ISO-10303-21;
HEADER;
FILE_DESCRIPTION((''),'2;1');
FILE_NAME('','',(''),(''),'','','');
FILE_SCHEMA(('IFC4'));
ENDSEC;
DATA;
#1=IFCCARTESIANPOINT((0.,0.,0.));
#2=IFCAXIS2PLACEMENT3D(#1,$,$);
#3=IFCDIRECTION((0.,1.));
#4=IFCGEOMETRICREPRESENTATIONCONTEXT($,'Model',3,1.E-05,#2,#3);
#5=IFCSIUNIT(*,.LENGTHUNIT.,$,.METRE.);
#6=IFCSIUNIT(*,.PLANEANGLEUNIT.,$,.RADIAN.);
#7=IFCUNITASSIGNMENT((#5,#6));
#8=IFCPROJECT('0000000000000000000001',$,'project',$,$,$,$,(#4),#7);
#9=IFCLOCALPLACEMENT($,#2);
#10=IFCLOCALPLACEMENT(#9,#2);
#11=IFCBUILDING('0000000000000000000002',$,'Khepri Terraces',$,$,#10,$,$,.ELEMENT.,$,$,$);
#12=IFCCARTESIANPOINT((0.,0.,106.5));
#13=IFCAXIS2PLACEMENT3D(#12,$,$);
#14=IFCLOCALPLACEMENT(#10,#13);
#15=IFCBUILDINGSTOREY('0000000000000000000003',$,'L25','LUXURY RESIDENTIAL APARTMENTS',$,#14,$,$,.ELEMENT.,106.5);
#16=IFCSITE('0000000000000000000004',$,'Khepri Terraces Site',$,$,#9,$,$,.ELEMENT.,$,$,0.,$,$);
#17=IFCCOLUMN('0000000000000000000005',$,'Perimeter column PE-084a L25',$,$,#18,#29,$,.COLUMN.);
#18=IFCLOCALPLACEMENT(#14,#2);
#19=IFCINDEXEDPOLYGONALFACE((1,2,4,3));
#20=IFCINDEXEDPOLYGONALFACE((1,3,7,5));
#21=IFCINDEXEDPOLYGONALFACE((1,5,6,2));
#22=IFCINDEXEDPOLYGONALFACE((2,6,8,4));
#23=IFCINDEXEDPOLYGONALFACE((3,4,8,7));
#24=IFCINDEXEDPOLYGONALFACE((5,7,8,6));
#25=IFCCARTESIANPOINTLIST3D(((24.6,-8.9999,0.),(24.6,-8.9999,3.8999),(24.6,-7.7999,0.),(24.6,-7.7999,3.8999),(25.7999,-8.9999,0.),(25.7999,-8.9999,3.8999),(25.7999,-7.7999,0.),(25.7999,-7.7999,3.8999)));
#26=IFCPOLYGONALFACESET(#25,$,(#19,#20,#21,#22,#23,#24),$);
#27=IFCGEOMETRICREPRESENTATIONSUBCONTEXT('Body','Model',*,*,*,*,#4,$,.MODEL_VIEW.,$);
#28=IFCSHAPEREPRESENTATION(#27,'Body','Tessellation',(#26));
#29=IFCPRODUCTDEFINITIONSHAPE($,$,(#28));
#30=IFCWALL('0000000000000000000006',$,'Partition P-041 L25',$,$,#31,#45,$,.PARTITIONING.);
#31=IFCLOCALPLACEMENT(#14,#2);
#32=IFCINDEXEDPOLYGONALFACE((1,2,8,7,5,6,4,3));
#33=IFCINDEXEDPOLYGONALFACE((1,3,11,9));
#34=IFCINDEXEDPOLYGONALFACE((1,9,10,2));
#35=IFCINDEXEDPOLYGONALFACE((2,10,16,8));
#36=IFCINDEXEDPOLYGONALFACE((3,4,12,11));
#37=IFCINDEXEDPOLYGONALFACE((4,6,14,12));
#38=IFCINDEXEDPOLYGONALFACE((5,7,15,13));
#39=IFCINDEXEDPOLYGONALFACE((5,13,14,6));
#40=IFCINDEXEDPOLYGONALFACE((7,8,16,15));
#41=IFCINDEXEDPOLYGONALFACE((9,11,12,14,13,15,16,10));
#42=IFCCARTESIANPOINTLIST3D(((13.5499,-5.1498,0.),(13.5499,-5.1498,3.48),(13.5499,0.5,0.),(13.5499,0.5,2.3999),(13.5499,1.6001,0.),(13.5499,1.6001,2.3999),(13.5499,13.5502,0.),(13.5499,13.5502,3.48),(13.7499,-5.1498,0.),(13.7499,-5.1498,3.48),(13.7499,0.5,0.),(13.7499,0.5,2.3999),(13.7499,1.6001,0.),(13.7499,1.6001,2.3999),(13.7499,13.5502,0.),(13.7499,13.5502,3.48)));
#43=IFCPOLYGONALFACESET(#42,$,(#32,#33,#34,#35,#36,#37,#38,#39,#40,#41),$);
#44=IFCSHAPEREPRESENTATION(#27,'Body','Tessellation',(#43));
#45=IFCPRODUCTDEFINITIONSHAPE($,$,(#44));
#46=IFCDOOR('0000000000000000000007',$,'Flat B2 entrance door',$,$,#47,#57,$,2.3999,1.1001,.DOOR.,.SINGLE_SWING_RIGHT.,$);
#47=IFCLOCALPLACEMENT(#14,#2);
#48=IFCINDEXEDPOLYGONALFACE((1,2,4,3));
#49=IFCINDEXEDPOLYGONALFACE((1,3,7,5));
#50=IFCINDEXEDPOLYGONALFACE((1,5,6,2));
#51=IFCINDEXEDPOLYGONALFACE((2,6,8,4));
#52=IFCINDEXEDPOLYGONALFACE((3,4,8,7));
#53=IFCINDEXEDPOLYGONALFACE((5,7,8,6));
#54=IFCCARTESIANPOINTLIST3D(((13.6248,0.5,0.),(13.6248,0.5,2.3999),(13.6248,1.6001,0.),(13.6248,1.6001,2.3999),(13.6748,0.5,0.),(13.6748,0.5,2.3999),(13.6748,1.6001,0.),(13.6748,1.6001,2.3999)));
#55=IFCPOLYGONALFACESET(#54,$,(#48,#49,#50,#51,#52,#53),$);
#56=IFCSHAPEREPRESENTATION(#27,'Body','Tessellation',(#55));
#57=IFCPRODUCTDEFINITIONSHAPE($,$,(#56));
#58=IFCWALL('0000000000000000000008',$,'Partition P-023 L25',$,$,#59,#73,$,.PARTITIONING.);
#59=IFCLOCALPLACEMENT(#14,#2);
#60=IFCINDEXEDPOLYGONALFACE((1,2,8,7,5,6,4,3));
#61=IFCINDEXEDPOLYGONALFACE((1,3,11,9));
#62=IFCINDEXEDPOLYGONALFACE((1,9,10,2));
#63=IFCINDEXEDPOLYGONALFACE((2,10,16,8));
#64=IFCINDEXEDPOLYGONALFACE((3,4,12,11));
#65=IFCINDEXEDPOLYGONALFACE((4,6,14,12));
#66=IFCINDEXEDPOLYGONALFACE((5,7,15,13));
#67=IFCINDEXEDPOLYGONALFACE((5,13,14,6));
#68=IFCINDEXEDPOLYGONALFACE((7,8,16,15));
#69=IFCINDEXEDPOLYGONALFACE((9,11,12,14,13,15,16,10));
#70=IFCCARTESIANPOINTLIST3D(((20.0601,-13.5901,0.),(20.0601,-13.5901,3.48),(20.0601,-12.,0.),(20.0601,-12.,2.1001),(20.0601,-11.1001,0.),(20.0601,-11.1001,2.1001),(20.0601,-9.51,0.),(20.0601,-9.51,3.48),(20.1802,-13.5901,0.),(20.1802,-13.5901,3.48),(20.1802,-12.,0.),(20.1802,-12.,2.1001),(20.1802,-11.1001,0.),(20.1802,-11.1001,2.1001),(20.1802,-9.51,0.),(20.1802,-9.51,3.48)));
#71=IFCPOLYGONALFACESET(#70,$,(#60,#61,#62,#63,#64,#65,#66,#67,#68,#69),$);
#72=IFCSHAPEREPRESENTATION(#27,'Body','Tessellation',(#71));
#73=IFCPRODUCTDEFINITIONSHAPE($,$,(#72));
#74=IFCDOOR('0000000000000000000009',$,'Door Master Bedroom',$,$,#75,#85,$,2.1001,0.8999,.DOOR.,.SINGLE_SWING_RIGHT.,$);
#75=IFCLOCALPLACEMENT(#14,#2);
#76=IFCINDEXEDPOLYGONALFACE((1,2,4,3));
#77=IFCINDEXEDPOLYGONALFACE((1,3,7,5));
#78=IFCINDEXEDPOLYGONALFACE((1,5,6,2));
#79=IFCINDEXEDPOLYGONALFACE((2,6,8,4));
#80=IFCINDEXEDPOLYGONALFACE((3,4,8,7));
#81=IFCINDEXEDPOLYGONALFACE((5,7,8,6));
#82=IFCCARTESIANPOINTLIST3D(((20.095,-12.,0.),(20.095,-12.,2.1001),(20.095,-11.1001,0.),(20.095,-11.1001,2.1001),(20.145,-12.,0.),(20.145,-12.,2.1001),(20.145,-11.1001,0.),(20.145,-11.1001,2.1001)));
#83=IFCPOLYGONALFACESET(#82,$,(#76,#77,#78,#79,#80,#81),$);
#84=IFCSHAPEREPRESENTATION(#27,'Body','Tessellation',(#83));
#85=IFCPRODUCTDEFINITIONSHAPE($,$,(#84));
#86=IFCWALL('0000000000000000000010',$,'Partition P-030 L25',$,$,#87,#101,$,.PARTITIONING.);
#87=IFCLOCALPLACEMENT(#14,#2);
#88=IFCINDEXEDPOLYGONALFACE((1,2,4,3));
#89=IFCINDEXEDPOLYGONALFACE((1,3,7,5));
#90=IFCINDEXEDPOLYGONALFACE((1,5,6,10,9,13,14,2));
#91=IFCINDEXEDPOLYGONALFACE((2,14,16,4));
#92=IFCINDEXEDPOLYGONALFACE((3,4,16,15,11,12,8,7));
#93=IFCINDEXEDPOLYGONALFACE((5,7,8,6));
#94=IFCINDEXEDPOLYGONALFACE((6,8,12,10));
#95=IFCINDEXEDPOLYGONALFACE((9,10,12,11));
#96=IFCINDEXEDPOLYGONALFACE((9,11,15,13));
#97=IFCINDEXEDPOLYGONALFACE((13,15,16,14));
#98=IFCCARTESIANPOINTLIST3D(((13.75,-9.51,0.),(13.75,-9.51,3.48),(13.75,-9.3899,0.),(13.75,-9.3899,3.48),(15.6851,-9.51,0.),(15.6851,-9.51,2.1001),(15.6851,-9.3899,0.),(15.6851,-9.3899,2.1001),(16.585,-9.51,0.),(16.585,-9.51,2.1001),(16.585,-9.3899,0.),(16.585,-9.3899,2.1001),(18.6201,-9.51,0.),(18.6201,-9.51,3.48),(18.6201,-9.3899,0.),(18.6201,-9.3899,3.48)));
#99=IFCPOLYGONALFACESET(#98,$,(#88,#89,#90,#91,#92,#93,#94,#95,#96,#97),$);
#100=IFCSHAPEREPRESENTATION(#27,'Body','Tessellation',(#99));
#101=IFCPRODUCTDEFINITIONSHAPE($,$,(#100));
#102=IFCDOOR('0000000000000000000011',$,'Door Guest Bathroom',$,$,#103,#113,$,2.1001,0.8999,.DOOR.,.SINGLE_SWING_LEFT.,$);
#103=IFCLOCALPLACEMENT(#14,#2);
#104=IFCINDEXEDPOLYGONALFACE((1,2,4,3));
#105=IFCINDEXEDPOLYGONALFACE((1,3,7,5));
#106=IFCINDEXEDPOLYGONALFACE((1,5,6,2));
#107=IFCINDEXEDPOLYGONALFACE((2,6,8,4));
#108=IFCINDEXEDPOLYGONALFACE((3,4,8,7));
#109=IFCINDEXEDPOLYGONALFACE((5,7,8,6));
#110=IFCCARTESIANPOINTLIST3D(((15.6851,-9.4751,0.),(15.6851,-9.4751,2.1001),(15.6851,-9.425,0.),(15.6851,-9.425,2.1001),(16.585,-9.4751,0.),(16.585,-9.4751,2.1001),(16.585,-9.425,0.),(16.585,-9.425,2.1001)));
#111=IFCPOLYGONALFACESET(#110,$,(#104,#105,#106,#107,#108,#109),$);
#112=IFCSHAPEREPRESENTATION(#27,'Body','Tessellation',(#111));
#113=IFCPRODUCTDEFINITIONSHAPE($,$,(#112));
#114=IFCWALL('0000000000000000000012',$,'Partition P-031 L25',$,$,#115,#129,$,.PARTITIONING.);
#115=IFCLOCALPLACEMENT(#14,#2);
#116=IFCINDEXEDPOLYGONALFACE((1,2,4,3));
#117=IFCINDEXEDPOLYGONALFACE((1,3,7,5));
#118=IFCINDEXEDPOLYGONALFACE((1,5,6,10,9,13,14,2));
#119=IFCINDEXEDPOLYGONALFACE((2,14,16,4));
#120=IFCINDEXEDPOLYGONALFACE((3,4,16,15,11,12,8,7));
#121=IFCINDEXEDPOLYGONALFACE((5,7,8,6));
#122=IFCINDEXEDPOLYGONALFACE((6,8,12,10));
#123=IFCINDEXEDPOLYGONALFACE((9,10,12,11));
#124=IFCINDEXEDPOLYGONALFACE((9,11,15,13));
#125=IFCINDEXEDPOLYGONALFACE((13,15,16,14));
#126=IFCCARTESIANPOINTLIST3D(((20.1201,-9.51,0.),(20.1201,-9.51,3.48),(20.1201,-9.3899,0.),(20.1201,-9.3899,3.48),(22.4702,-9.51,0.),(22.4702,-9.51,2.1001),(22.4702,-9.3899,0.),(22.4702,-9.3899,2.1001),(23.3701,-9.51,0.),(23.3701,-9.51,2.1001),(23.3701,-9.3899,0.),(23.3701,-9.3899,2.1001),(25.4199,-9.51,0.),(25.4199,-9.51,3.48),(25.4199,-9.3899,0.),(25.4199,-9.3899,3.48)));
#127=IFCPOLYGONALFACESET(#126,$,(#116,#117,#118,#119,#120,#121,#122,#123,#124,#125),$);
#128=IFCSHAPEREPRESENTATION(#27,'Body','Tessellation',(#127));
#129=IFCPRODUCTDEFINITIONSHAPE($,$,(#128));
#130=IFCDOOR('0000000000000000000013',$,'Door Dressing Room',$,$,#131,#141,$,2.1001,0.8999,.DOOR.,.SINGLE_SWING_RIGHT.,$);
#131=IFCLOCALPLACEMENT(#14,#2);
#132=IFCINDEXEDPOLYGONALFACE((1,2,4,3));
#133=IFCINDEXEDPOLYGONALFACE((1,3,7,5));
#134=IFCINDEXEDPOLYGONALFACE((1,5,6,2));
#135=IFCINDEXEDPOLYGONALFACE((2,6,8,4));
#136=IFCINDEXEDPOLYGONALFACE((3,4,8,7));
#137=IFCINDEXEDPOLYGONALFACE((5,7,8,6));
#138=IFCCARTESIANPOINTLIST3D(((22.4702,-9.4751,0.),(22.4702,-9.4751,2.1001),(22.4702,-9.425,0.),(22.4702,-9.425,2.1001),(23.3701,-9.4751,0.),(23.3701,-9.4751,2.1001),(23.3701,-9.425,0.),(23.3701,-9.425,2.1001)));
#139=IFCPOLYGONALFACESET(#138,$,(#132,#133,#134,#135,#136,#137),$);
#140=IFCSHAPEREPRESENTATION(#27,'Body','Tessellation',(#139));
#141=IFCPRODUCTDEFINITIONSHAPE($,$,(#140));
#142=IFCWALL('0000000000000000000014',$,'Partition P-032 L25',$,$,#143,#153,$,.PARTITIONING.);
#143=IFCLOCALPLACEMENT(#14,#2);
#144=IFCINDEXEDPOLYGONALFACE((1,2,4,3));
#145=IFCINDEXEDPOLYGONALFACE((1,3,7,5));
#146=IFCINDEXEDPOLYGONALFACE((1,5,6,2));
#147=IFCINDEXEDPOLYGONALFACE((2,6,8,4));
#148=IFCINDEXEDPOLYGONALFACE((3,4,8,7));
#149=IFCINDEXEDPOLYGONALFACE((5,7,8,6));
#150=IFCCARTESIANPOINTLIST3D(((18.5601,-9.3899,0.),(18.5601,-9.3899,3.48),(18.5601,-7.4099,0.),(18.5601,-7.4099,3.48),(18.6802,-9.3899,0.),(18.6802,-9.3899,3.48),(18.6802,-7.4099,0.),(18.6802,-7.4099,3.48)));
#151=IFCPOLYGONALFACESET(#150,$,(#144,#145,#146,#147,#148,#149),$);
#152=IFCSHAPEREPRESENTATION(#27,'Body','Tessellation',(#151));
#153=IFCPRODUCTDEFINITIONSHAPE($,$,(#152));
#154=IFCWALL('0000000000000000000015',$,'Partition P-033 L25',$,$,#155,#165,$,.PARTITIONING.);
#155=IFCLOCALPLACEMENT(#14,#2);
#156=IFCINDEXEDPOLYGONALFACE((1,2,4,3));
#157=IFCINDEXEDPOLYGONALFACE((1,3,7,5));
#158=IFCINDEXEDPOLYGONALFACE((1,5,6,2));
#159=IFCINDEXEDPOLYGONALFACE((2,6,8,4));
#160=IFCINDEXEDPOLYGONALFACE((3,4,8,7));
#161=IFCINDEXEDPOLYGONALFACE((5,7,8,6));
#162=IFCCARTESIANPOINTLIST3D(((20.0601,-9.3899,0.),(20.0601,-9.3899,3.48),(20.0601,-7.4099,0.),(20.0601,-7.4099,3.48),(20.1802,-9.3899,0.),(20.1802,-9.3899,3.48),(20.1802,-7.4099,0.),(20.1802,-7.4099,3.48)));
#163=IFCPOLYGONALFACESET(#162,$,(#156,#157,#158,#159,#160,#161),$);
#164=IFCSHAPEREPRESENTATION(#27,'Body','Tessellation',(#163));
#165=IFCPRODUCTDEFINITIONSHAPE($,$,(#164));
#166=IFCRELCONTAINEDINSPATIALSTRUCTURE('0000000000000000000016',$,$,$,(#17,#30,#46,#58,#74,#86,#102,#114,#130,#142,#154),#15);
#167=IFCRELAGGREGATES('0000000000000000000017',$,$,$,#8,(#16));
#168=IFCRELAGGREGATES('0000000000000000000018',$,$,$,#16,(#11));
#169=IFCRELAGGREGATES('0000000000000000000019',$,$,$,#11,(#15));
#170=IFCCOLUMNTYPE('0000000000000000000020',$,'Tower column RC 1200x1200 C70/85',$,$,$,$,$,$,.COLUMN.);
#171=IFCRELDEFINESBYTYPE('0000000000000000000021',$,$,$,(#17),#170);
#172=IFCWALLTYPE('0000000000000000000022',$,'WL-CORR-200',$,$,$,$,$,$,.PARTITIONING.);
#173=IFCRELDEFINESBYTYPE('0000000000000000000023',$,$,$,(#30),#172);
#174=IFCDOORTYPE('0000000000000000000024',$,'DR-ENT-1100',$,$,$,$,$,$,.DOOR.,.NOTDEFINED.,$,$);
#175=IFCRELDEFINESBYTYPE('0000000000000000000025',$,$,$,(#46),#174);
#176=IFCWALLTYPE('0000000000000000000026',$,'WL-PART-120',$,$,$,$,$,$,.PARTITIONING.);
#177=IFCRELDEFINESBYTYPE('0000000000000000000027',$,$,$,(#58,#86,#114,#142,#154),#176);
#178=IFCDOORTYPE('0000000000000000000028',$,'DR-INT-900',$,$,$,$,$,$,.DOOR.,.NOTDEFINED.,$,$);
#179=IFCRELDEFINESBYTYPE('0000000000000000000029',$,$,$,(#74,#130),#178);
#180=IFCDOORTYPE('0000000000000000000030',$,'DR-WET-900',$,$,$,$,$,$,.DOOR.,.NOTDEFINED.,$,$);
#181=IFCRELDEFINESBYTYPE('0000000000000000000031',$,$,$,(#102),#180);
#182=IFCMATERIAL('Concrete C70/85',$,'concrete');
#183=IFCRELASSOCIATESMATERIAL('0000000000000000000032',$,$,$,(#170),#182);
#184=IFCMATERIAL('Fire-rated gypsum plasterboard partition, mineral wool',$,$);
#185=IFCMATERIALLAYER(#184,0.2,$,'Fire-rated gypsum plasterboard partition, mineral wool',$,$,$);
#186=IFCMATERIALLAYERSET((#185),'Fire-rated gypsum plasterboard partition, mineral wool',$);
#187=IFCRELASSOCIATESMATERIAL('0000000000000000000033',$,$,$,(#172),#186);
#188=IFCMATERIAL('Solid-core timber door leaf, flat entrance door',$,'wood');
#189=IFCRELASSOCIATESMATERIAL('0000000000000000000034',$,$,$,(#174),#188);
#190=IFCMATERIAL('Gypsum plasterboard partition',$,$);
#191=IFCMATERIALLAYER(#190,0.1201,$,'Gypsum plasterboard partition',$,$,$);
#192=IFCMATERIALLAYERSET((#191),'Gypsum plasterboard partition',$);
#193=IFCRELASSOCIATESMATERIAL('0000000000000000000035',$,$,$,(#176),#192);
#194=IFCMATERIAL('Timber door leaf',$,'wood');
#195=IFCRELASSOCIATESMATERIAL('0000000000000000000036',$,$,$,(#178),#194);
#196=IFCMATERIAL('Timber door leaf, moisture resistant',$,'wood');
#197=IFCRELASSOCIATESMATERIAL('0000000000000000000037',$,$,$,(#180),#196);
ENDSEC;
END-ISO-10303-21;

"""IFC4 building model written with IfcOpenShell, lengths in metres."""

from ifc_helpers import new_model, si_unit, direction, frame, frame_2d, origin, origin_2d, place, context, subcontext, project, spatial, rectangle, extrude, material, layer, layer_set, material_profile, profile_set, type_object, element, fill, save


model = new_model("IFC4")

# Units and contexts
model_context = context("Model", 3, precision=1e-05, world=origin(), true_north=direction((0.0, 1.0)))
body_context = subcontext(model_context, "Body", "Model", "MODEL_VIEW")
ifc_project = project(units=[si_unit("LENGTHUNIT", "METRE"), si_unit("PLANEANGLEUNIT", "RADIAN")], contexts=[model_context])

# Site, building, storey
site_placement = place(None, origin())
site = spatial("IfcSite", under=ifc_project, at=site_placement, Name="Khepri Terraces Site", CompositionType="ELEMENT", RefElevation=0.0)
building_placement = place(site_placement, origin())
building = spatial("IfcBuilding", under=site, at=building_placement, Name="Khepri Terraces", CompositionType="ELEMENT")
storey_placement = place(building_placement, frame((0.0, 0.0, 106.5)))
storey = spatial("IfcBuildingStorey", under=building, at=storey_placement, Name="L25", Description="LUXURY RESIDENTIAL APARTMENTS", CompositionType="ELEMENT", Elevation=106.5)

# Column
ifc_material_1 = material(Name="Concrete C70/85", Category="concrete")
ifc_material_profile = material_profile(ifc_material_1, rectangle(XDim=1.2, YDim=1.2, at=origin_2d()), Name="Concrete C70/85", Category="concrete")
ifc_profile_set = profile_set([ifc_material_profile], Name="Concrete C70/85")
column_type = type_object("IfcColumnType", Name="Tower column RC 1200x1200 C70/85", PredefinedType="COLUMN", material=ifc_profile_set)
column_placement = place(storey_placement, frame((25.2, -8.3999, 0.0), z_axis=(0.0, 0.0, 1.0), x_axis=(1.0, 0.0, 0.0)))
element("IfcColumn", 1, at=column_placement, inside=storey, type_object=column_type, Name="Perimeter column PE-084a L25", PredefinedType="COLUMN", context=body_context, shape_type="SweptSolid", body=[
    extrude(rectangle(XDim=1.2, YDim=1.2, at=origin_2d()), origin(), (0.0, 0.0, 1.0), 3.8999),
])

# Wall, opening, door
ifc_material_2 = material(Name="Fire-rated gypsum plasterboard partition, mineral wool")
ifc_layer_1 = layer(ifc_material_2, 0.2, Name="Fire-rated gypsum plasterboard partition, mineral wool")
ifc_layer_set_1 = layer_set([ifc_layer_1], Name="Fire-rated gypsum plasterboard partition, mineral wool")
wall_type_1 = type_object("IfcWallType", Name="WL-CORR-200", PredefinedType="PARTITIONING", material=ifc_layer_set_1)
wall_1_placement = place(storey_placement, frame((13.6499, -5.1499, 0.0), z_axis=(0.0, 0.0, 1.0), x_axis=(0.0, 1.0, 0.0)))
wall_1 = element("IfcWall", 2, at=wall_1_placement, inside=storey, type_object=wall_type_1, Name="Partition P-041 L25", PredefinedType="PARTITIONING", context=body_context, shape_type="SweptSolid", body=[
    extrude(rectangle(XDim=18.7, YDim=0.2, at=frame_2d((9.3501, 0.0))), origin(), (0.0, 0.0, 1.0), 3.48),
])
opening_1_placement = place(wall_1_placement, frame((5.6499, 0.0, 0.0)))
opening_1 = element("IfcOpeningElement", 3, at=opening_1_placement, cuts=wall_1, PredefinedType="OPENING", context=body_context, shape_type="SweptSolid", body=[
    extrude(rectangle(XDim=1.1001, YDim=2.3999, at=frame_2d((0.55, 1.2))), frame((0.0, 0.1099, 0.0), z_axis=(0.0, -1.0, 0.0), x_axis=(1.0, 0.0, 0.0)), (0.0, 0.0, 1.0), 0.22),
])
ifc_material_3 = material(Name="Solid-core timber door leaf, flat entrance door", Category="wood")
door_type_1 = type_object("IfcDoorType", Name="DR-ENT-1100", OperationType="NOTDEFINED", PredefinedType="DOOR", material=ifc_material_3)
door_1_placement = place(opening_1_placement, frame((1.1001, 0.0, 0.0), z_axis=(0.0, 0.0, 1.0), x_axis=(-1.0, 0.0, 0.0)))
door_1 = element("IfcDoor", 4, at=door_1_placement, inside=storey, type_object=door_type_1, Name="Flat B2 entrance door", OperationType="SINGLE_SWING_RIGHT", OverallHeight=2.3999, OverallWidth=1.1001, PredefinedType="DOOR", context=body_context, shape_type="SweptSolid", body=[
    extrude(rectangle(XDim=1.1001, YDim=2.3999, at=frame_2d((0.55, 1.2))), frame((0.0, 0.0249, 0.0), z_axis=(0.0, -1.0, 0.0), x_axis=(1.0, 0.0, 0.0)), (0.0, 0.0, 1.0), 0.05),
])
fill(opening_1, door_1)

# Walls, openings, doors
ifc_material_4 = material(Name="Gypsum plasterboard partition")
ifc_layer_2 = layer(ifc_material_4, 0.1201, Name="Gypsum plasterboard partition")
ifc_layer_set_2 = layer_set([ifc_layer_2], Name="Gypsum plasterboard partition")
wall_type_2 = type_object("IfcWallType", Name="WL-PART-120", PredefinedType="PARTITIONING", material=ifc_layer_set_2)
wall_2_placement = place(storey_placement, frame((20.1201, -13.5901, 0.0), z_axis=(0.0, 0.0, 1.0), x_axis=(0.0, 1.0, 0.0)))
wall_2 = element("IfcWall", 5, at=wall_2_placement, inside=storey, type_object=wall_type_2, Name="Partition P-023 L25", PredefinedType="PARTITIONING", context=body_context, shape_type="SweptSolid", body=[
    extrude(rectangle(XDim=4.0801, YDim=0.1201, at=frame_2d((2.04, 0.0))), origin(), (0.0, 0.0, 1.0), 3.48),
])
opening_2_placement = place(wall_2_placement, frame((1.5901, 0.0, 0.0)))
opening_2 = element("IfcOpeningElement", 6, at=opening_2_placement, cuts=wall_2, PredefinedType="OPENING", context=body_context, shape_type="SweptSolid", body=[
    extrude(rectangle(XDim=0.8999, YDim=2.1001, at=frame_2d((0.45, 1.05))), frame((0.0, 0.0701, 0.0), z_axis=(0.0, -1.0, 0.0), x_axis=(1.0, 0.0, 0.0)), (0.0, 0.0, 1.0), 0.1401),
])
ifc_material_5 = material(Name="Timber door leaf", Category="wood")
door_type_2 = type_object("IfcDoorType", Name="DR-INT-900", OperationType="NOTDEFINED", PredefinedType="DOOR", material=ifc_material_5)
door_2_placement = place(opening_2_placement, frame((0.8999, 0.0, 0.0), z_axis=(0.0, 0.0, 1.0), x_axis=(-1.0, 0.0, 0.0)))
door_2 = element("IfcDoor", 7, at=door_2_placement, inside=storey, type_object=door_type_2, Name="Door Master Bedroom", OperationType="SINGLE_SWING_RIGHT", OverallHeight=2.1001, OverallWidth=0.8999, PredefinedType="DOOR", context=body_context, shape_type="SweptSolid", body=[
    extrude(rectangle(XDim=0.8999, YDim=2.1001, at=frame_2d((0.45, 1.05))), frame((0.0, 0.0249, 0.0), z_axis=(0.0, -1.0, 0.0), x_axis=(1.0, 0.0, 0.0)), (0.0, 0.0, 1.0), 0.05),
])
fill(opening_2, door_2)
wall_3_placement = place(storey_placement, frame((13.75, -9.45, 0.0), z_axis=(0.0, 0.0, 1.0), x_axis=(1.0, 0.0, 0.0)))
wall_3 = element("IfcWall", 8, at=wall_3_placement, inside=storey, type_object=wall_type_2, Name="Partition P-030 L25", PredefinedType="PARTITIONING", context=body_context, shape_type="SweptSolid", body=[
    extrude(rectangle(XDim=4.8701, YDim=0.1201, at=frame_2d((2.4351, 0.0))), origin(), (0.0, 0.0, 1.0), 3.48),
])
opening_3_placement = place(wall_3_placement, frame((1.9351, 0.0, 0.0)))
opening_3 = element("IfcOpeningElement", 9, at=opening_3_placement, cuts=wall_3, PredefinedType="OPENING", context=body_context, shape_type="SweptSolid", body=[
    extrude(rectangle(XDim=0.8999, YDim=2.1001, at=frame_2d((0.45, 1.05))), frame((0.0, 0.0701, 0.0), z_axis=(0.0, -1.0, 0.0), x_axis=(1.0, 0.0, 0.0)), (0.0, 0.0, 1.0), 0.1401),
])
ifc_material_6 = material(Name="Timber door leaf, moisture resistant", Category="wood")
door_type_3 = type_object("IfcDoorType", Name="DR-WET-900", OperationType="NOTDEFINED", PredefinedType="DOOR", material=ifc_material_6)
door_3_placement = place(opening_3_placement, origin())
door_3 = element("IfcDoor", 10, at=door_3_placement, inside=storey, type_object=door_type_3, Name="Door Guest Bathroom", OperationType="SINGLE_SWING_LEFT", OverallHeight=2.1001, OverallWidth=0.8999, PredefinedType="DOOR", context=body_context, shape_type="SweptSolid", body=[
    extrude(rectangle(XDim=0.8999, YDim=2.1001, at=frame_2d((0.45, 1.05))), frame((0.0, 0.0249, 0.0), z_axis=(0.0, -1.0, 0.0), x_axis=(1.0, 0.0, 0.0)), (0.0, 0.0, 1.0), 0.05),
])
fill(opening_3, door_3)
wall_4_placement = place(storey_placement, frame((20.1201, -9.45, 0.0), z_axis=(0.0, 0.0, 1.0), x_axis=(1.0, 0.0, 0.0)))
wall_4 = element("IfcWall", 11, at=wall_4_placement, inside=storey, type_object=wall_type_2, Name="Partition P-031 L25", PredefinedType="PARTITIONING", context=body_context, shape_type="SweptSolid", body=[
    extrude(rectangle(XDim=5.2998, YDim=0.1201, at=frame_2d((2.6499, 0.0))), origin(), (0.0, 0.0, 1.0), 3.48),
])
opening_4_placement = place(wall_4_placement, frame((2.3501, 0.0, 0.0)))
opening_4 = element("IfcOpeningElement", 12, at=opening_4_placement, cuts=wall_4, PredefinedType="OPENING", context=body_context, shape_type="SweptSolid", body=[
    extrude(rectangle(XDim=0.8999, YDim=2.1001, at=frame_2d((0.45, 1.05))), frame((0.0, 0.0701, 0.0), z_axis=(0.0, -1.0, 0.0), x_axis=(1.0, 0.0, 0.0)), (0.0, 0.0, 1.0), 0.1401),
])
door_4_placement = place(opening_4_placement, origin())
door_4 = element("IfcDoor", 13, at=door_4_placement, inside=storey, type_object=door_type_2, Name="Door Dressing Room", OperationType="SINGLE_SWING_RIGHT", OverallHeight=2.1001, OverallWidth=0.8999, PredefinedType="DOOR", context=body_context, shape_type="SweptSolid", body=[
    extrude(rectangle(XDim=0.8999, YDim=2.1001, at=frame_2d((0.45, 1.05))), frame((0.0, 0.0249, 0.0), z_axis=(0.0, -1.0, 0.0), x_axis=(1.0, 0.0, 0.0)), (0.0, 0.0, 1.0), 0.05),
])
fill(opening_4, door_4)

# Walls
for number, where, z_axis, x_axis, name in (
    (14, (18.6201, -9.3899, 0.0), (0.0, 0.0, 1.0), (0.0, 1.0, 0.0), "Partition P-032 L25"),
    (15, (20.1201, -9.3899, 0.0), (0.0, 0.0, 1.0), (0.0, 1.0, 0.0), "Partition P-033 L25"),
):
    element("IfcWall", number, at=place(storey_placement, frame(where, z_axis=z_axis, x_axis=x_axis)), inside=storey, type_object=wall_type_2, Name=name, PredefinedType="PARTITIONING", context=body_context, shape_type="SweptSolid", body=[
        extrude(rectangle(XDim=1.98, YDim=0.1201, at=frame_2d((0.99, 0.0))), origin(), (0.0, 0.0, 1.0), 3.48),
    ])

save(model, "model.ifc")
